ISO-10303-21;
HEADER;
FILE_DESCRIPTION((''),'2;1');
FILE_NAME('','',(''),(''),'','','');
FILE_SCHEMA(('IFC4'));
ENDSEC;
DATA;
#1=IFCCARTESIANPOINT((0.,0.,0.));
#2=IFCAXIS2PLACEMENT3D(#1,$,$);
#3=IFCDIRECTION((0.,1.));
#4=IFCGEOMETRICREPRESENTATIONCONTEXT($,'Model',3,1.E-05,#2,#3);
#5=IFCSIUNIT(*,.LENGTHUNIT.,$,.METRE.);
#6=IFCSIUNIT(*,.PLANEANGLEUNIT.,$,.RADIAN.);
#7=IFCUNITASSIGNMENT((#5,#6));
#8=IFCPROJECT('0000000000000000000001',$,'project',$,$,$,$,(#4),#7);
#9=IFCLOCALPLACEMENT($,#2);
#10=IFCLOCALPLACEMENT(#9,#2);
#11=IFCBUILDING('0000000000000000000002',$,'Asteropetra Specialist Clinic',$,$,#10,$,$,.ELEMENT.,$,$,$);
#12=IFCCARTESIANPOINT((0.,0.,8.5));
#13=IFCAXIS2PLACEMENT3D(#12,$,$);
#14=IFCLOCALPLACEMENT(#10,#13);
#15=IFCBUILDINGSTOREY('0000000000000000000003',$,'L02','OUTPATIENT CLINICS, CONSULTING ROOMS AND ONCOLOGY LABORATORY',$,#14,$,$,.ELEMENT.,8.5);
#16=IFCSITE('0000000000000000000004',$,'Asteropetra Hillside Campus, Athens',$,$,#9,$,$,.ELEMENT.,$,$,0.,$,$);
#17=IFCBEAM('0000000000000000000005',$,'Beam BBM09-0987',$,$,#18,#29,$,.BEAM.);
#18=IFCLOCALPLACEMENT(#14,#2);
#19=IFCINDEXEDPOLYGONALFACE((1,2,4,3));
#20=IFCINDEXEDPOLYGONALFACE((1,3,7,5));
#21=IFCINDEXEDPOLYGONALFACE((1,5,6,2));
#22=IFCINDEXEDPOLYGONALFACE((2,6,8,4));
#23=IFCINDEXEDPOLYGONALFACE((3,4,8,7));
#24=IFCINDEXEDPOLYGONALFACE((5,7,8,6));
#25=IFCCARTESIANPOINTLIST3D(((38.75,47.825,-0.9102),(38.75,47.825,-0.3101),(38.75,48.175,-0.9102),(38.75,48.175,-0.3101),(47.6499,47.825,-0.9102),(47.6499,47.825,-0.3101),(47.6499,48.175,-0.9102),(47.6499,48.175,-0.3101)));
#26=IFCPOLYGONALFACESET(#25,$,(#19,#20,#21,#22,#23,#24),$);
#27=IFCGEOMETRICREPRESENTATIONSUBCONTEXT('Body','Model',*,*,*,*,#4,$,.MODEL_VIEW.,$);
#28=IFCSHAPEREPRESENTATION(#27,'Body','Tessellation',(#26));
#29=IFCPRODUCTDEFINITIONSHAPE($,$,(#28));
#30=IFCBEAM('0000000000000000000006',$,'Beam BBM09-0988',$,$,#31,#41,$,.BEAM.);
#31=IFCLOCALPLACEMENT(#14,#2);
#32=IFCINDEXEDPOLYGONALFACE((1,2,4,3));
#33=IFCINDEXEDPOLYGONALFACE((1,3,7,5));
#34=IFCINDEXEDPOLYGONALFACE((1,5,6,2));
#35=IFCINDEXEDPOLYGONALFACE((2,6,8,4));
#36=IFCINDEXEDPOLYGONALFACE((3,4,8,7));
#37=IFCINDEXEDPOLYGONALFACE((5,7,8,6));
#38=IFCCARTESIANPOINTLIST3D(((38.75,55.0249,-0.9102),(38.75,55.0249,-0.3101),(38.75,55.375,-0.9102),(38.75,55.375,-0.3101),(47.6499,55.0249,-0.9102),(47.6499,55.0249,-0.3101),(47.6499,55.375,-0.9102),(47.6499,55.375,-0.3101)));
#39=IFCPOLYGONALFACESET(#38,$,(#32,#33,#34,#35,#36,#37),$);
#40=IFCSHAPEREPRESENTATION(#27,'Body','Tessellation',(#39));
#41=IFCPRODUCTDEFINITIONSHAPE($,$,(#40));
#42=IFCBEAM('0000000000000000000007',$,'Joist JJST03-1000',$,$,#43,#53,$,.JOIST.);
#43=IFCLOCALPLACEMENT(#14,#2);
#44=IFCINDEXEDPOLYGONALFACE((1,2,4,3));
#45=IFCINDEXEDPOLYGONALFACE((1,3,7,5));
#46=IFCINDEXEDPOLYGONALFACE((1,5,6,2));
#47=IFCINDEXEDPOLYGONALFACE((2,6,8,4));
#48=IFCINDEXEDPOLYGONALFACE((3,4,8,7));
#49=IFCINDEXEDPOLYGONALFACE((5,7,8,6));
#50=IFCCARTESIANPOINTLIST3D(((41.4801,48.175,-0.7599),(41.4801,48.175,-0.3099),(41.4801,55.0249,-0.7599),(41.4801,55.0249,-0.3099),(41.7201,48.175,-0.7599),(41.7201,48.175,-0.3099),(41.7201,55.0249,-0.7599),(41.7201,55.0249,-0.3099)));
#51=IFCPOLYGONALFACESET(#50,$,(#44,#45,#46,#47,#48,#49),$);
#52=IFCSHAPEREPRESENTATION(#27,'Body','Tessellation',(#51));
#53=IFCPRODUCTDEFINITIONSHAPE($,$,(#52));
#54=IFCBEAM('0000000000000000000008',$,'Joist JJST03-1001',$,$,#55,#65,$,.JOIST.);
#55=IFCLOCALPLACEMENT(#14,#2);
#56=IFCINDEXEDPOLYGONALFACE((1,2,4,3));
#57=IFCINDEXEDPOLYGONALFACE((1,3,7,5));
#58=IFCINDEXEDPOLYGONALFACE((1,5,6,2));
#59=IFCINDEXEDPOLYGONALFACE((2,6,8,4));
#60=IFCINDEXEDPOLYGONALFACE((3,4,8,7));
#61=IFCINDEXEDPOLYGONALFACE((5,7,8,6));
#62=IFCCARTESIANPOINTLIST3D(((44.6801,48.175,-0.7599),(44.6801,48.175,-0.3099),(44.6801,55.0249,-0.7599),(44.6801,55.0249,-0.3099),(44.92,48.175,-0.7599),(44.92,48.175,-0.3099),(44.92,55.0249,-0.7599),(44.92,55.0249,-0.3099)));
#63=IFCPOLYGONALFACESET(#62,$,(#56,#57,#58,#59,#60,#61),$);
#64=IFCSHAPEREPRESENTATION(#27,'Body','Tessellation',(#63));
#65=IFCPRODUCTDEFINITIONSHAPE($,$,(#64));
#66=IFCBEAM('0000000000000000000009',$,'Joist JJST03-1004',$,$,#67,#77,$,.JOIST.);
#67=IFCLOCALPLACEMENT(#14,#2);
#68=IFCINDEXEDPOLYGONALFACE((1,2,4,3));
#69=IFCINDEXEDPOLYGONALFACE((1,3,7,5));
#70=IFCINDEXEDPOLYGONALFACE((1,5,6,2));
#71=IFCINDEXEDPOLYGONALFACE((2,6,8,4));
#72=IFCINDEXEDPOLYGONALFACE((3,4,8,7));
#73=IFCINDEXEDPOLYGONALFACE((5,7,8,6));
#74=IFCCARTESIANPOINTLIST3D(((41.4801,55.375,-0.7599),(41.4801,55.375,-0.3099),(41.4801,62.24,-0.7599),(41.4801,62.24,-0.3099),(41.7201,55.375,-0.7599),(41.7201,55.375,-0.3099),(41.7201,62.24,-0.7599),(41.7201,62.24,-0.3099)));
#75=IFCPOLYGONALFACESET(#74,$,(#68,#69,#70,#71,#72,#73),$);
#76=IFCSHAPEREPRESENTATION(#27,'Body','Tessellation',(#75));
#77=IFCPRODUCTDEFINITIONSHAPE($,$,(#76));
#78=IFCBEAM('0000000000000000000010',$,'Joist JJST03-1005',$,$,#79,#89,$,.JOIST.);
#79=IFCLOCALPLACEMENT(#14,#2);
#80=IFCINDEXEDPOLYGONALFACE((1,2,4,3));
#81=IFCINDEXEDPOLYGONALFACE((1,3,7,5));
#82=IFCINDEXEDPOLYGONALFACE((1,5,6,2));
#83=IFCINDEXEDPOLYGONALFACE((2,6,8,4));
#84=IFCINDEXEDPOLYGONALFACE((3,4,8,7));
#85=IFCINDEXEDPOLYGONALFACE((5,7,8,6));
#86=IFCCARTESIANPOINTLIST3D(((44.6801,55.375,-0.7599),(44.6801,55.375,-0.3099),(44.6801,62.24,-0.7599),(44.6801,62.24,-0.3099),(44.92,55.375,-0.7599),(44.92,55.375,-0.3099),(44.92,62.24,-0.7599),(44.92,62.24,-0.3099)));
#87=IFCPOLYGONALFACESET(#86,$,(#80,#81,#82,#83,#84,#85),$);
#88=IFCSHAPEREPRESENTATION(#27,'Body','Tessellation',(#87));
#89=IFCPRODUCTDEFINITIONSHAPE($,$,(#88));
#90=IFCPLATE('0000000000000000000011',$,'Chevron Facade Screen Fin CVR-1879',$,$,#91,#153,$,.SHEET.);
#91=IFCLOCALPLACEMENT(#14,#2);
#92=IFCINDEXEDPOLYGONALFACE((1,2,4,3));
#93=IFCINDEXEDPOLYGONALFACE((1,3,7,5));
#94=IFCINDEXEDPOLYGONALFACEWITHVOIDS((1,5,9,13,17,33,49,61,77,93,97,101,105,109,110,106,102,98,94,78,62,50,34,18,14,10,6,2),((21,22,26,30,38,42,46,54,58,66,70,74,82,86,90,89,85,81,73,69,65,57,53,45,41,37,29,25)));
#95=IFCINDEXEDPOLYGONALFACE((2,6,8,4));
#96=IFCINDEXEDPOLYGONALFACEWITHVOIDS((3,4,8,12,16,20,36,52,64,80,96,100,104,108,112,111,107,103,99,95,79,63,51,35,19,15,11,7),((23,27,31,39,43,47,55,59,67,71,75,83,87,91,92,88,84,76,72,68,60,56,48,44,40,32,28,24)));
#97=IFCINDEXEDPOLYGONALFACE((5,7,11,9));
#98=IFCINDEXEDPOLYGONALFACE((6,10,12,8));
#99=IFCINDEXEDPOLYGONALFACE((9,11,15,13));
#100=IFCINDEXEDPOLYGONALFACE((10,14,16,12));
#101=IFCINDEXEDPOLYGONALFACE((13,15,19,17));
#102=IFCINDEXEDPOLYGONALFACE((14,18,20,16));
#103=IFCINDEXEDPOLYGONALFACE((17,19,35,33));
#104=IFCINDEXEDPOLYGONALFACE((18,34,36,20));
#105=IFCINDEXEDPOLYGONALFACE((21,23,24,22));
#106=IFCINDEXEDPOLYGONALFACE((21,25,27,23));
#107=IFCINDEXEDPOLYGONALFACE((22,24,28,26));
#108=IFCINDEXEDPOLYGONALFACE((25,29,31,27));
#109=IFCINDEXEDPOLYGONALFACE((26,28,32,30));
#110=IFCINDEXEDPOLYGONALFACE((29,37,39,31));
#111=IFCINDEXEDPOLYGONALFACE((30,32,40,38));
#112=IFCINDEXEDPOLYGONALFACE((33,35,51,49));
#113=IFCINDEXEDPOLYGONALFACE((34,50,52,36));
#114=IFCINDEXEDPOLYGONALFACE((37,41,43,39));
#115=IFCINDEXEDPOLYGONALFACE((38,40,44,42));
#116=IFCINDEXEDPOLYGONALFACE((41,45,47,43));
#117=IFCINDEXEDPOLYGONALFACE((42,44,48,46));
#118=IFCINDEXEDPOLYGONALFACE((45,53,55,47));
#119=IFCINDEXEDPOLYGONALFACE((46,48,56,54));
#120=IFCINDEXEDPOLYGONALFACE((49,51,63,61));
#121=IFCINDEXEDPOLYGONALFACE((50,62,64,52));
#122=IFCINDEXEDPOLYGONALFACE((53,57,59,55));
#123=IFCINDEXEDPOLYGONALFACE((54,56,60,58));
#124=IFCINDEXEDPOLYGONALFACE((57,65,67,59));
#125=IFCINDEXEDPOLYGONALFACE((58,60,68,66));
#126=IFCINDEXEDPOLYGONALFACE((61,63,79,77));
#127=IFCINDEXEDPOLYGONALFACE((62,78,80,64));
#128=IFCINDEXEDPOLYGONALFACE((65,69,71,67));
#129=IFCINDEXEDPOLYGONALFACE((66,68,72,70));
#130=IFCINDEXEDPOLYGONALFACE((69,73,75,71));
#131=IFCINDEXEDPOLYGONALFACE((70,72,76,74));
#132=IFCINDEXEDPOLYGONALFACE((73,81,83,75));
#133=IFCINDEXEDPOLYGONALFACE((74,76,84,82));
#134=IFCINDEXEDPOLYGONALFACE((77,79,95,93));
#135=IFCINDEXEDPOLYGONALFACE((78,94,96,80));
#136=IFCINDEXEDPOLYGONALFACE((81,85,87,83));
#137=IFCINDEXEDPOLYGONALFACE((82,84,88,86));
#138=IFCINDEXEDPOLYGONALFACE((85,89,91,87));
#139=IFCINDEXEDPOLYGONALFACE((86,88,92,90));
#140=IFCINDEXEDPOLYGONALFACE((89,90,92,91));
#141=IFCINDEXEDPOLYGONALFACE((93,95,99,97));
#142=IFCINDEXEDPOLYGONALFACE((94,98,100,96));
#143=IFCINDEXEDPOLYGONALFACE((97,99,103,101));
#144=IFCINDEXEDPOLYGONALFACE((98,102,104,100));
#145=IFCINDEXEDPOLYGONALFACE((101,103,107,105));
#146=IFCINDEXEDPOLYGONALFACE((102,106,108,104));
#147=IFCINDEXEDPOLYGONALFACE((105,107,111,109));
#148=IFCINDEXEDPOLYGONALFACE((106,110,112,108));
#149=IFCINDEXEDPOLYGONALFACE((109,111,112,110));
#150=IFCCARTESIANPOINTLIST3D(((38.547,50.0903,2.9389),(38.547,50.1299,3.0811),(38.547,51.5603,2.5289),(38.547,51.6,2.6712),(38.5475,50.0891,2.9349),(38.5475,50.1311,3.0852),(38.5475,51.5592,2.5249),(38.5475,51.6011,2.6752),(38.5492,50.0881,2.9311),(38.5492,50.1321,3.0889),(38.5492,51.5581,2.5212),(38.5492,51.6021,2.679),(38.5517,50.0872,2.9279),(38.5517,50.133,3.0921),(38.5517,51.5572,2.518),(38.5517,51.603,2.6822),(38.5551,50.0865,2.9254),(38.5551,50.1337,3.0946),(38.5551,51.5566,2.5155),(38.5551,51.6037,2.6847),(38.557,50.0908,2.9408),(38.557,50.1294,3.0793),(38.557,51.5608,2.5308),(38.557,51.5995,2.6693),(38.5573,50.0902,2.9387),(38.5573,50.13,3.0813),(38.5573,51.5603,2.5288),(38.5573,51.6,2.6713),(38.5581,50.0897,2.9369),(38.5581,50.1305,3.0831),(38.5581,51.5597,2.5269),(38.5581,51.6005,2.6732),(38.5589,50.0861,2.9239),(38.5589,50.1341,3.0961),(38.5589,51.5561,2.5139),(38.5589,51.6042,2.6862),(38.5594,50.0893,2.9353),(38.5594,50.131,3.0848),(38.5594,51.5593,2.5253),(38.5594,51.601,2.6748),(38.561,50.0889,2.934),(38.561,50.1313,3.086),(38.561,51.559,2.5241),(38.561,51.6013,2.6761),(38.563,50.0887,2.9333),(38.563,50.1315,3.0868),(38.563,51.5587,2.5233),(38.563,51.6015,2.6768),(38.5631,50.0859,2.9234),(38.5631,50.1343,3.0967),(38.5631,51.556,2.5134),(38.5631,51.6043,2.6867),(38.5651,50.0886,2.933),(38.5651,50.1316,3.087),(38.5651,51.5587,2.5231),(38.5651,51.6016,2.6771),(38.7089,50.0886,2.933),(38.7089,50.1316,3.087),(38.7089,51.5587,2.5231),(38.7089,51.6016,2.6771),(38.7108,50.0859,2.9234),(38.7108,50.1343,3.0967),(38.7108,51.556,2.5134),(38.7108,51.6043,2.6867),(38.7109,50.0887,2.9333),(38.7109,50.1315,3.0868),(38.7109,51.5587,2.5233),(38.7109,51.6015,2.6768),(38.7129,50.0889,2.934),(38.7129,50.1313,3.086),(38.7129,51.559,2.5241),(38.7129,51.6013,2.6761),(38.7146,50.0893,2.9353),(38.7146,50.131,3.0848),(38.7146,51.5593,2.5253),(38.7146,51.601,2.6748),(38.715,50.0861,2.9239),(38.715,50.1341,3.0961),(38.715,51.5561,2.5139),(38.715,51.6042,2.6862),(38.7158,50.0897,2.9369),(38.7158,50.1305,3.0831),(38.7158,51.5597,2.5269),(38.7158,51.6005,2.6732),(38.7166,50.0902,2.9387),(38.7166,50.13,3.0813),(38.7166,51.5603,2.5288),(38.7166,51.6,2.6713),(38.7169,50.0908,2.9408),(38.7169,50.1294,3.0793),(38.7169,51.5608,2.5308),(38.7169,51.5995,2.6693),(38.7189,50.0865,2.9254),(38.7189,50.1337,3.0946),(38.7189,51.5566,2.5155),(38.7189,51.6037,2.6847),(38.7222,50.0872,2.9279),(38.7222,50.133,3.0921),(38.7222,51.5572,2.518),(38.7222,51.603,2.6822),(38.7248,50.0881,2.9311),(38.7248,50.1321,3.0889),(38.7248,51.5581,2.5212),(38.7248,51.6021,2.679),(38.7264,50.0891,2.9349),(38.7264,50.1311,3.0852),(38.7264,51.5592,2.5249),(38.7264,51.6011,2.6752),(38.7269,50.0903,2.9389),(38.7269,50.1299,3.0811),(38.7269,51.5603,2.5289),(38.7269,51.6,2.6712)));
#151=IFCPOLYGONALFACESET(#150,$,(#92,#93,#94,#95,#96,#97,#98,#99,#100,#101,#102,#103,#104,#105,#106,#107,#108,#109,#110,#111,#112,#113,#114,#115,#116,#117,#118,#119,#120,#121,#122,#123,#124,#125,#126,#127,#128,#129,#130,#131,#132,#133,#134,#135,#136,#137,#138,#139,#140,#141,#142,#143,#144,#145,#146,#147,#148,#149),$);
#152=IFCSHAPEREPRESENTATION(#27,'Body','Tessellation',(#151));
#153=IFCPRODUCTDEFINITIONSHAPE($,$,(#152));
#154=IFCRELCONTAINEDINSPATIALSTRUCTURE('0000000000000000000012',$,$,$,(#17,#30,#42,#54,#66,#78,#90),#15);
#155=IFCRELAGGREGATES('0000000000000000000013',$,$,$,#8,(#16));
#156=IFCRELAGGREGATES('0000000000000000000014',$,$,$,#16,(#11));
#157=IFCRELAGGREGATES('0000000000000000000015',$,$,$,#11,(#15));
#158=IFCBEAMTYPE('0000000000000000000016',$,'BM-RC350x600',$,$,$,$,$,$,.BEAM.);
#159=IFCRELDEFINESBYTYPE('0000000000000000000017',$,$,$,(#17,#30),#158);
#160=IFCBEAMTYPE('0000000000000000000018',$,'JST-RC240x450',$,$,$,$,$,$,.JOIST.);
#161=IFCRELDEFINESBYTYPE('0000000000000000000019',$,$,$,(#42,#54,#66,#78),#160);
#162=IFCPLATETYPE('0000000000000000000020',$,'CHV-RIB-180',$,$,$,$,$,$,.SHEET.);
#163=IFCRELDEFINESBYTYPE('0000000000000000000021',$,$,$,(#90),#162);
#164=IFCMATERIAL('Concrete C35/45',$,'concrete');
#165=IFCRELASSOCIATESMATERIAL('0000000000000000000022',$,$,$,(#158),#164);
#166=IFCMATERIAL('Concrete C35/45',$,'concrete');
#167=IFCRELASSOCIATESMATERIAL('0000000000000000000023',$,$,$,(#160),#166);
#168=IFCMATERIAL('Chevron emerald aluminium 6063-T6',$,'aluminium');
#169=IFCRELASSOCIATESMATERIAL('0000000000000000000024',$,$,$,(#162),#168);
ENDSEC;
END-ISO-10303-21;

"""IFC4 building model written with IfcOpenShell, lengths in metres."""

from ifc_helpers import new_model, si_unit, direction, frame, origin, origin_2d, place, context, subcontext, project, spatial, rectangle, hollow_rectangle, extrude, material, material_profile, profile_set, type_object, element, save


model = new_model("IFC4")

# Units and contexts
model_context = context("Model", 3, precision=1e-05, world=origin(), true_north=direction((0.0, 1.0)))
body_context = subcontext(model_context, "Body", "Model", "MODEL_VIEW")
ifc_project = project(units=[si_unit("LENGTHUNIT", "METRE"), si_unit("PLANEANGLEUNIT", "RADIAN")], contexts=[model_context])

# Site, building, storey
site_placement = place(None, origin())
site = spatial("IfcSite", under=ifc_project, at=site_placement, Name="Asteropetra Hillside Campus, Athens", CompositionType="ELEMENT", RefElevation=0.0)
building_placement = place(site_placement, origin())
building = spatial("IfcBuilding", under=site, at=building_placement, Name="Asteropetra Specialist Clinic", CompositionType="ELEMENT")
storey_placement = place(building_placement, frame((0.0, 0.0, 8.5)))
storey = spatial("IfcBuildingStorey", under=building, at=storey_placement, Name="L02", Description="OUTPATIENT CLINICS, CONSULTING ROOMS AND ONCOLOGY LABORATORY", CompositionType="ELEMENT", Elevation=8.5)

# Beams
ifc_material_1 = material(Name="Concrete C35/45", Category="concrete")
ifc_material_profile_1 = material_profile(ifc_material_1, rectangle(XDim=0.3501, YDim=0.6001, at=origin_2d()), Name="RCB 350x600")
ifc_profile_set_1 = profile_set([ifc_material_profile_1], Name="Concrete C35/45")
beam_type_1 = type_object("IfcBeamType", Name="BM-RC350x600", PredefinedType="BEAM", material=ifc_profile_set_1)
for number, where, z_axis, x_axis, name in (
    (1, (38.75, 48.0, -0.6101), (1.0, 0.0, 0.0), (0.0, 1.0, 0.0), "Beam BBM09-0987"),
    (2, (38.75, 55.2, -0.6101), (1.0, 0.0, 0.0), (0.0, 1.0, 0.0), "Beam BBM09-0988"),
):
    element("IfcBeam", number, at=place(storey_placement, frame(where, z_axis=z_axis, x_axis=x_axis)), inside=storey, type_object=beam_type_1, Name=name, PredefinedType="BEAM", context=body_context, shape_type="SweptSolid", body=[
        extrude(rectangle(XDim=0.3501, YDim=0.6001, at=origin_2d()), origin(), (0.0, 0.0, 1.0), 8.8999),
    ])
ifc_material_2 = material(Name="Concrete C35/45", Category="concrete")
ifc_material_profile_2 = material_profile(ifc_material_2, rectangle(XDim=0.24, YDim=0.45, at=origin_2d()), Name="RCJ 240x450")
ifc_profile_set_2 = profile_set([ifc_material_profile_2], Name="Concrete C35/45")
beam_type_2 = type_object("IfcBeamType", Name="JST-RC240x450", PredefinedType="JOIST", material=ifc_profile_set_2)
for number, where, z_axis, x_axis, name in (
    (3, (41.6001, 48.175, -0.5349), (0.0, 1.0, 0.0), (-1.0, 0.0, 0.0), "Joist JJST03-1000"),
    (4, (44.8, 48.175, -0.5349), (0.0, 1.0, 0.0), (-1.0, 0.0, 0.0), "Joist JJST03-1001"),
):
    element("IfcBeam", number, at=place(storey_placement, frame(where, z_axis=z_axis, x_axis=x_axis)), inside=storey, type_object=beam_type_2, Name=name, PredefinedType="JOIST", context=body_context, shape_type="SweptSolid", body=[
        extrude(rectangle(XDim=0.24, YDim=0.45, at=origin_2d()), origin(), (0.0, 0.0, 1.0), 6.8499),
    ])
for number, where, z_axis, x_axis, name in (
    (5, (41.6001, 55.375, -0.5349), (0.0, 1.0, 0.0), (-1.0, 0.0, 0.0), "Joist JJST03-1004"),
    (6, (44.8, 55.375, -0.5349), (0.0, 1.0, 0.0), (-1.0, 0.0, 0.0), "Joist JJST03-1005"),
):
    element("IfcBeam", number, at=place(storey_placement, frame(where, z_axis=z_axis, x_axis=x_axis)), inside=storey, type_object=beam_type_2, Name=name, PredefinedType="JOIST", context=body_context, shape_type="SweptSolid", body=[
        extrude(rectangle(XDim=0.24, YDim=0.45, at=origin_2d()), origin(), (0.0, 0.0, 1.0), 6.865),
    ])

# Plate
ifc_material_3 = material(Name="Chevron emerald aluminium 6063-T6", Category="aluminium")
ifc_material_profile_3 = material_profile(ifc_material_3, hollow_rectangle(XDim=0.1799, YDim=0.1799, WallThickness=0.01, InnerFilletRadius=0.0081, OuterFilletRadius=0.0161, at=origin_2d()), Name="SHS 180x180x10.0")
ifc_profile_set_3 = profile_set([ifc_material_profile_3], Name="Chevron emerald aluminium 6063-T6")
plate_type_1 = type_object("IfcPlateType", Name="CHV-RIB-180", PredefinedType="SHEET", material=ifc_profile_set_3)
for number, where, z_axis, x_axis, name in (
    (7, (38.637, 50.1101, 3.01), (0.0, 0.963249, -0.268609), (-1.0, 0.0, 0.0), "Chevron Facade Screen Fin CVR-1879"),
):
    element("IfcPlate", number, at=place(storey_placement, frame(where, z_axis=z_axis, x_axis=x_axis)), inside=storey, type_object=plate_type_1, Name=name, PredefinedType="SHEET", context=body_context, shape_type="SweptSolid", body=[
        extrude(hollow_rectangle(XDim=0.1799, YDim=0.1799, WallThickness=0.01, InnerFilletRadius=0.0081, OuterFilletRadius=0.0161, at=origin_2d()), origin(), (0.0, 0.0, 1.0), 1.5261),
    ])

save(model, "model.ifc")
